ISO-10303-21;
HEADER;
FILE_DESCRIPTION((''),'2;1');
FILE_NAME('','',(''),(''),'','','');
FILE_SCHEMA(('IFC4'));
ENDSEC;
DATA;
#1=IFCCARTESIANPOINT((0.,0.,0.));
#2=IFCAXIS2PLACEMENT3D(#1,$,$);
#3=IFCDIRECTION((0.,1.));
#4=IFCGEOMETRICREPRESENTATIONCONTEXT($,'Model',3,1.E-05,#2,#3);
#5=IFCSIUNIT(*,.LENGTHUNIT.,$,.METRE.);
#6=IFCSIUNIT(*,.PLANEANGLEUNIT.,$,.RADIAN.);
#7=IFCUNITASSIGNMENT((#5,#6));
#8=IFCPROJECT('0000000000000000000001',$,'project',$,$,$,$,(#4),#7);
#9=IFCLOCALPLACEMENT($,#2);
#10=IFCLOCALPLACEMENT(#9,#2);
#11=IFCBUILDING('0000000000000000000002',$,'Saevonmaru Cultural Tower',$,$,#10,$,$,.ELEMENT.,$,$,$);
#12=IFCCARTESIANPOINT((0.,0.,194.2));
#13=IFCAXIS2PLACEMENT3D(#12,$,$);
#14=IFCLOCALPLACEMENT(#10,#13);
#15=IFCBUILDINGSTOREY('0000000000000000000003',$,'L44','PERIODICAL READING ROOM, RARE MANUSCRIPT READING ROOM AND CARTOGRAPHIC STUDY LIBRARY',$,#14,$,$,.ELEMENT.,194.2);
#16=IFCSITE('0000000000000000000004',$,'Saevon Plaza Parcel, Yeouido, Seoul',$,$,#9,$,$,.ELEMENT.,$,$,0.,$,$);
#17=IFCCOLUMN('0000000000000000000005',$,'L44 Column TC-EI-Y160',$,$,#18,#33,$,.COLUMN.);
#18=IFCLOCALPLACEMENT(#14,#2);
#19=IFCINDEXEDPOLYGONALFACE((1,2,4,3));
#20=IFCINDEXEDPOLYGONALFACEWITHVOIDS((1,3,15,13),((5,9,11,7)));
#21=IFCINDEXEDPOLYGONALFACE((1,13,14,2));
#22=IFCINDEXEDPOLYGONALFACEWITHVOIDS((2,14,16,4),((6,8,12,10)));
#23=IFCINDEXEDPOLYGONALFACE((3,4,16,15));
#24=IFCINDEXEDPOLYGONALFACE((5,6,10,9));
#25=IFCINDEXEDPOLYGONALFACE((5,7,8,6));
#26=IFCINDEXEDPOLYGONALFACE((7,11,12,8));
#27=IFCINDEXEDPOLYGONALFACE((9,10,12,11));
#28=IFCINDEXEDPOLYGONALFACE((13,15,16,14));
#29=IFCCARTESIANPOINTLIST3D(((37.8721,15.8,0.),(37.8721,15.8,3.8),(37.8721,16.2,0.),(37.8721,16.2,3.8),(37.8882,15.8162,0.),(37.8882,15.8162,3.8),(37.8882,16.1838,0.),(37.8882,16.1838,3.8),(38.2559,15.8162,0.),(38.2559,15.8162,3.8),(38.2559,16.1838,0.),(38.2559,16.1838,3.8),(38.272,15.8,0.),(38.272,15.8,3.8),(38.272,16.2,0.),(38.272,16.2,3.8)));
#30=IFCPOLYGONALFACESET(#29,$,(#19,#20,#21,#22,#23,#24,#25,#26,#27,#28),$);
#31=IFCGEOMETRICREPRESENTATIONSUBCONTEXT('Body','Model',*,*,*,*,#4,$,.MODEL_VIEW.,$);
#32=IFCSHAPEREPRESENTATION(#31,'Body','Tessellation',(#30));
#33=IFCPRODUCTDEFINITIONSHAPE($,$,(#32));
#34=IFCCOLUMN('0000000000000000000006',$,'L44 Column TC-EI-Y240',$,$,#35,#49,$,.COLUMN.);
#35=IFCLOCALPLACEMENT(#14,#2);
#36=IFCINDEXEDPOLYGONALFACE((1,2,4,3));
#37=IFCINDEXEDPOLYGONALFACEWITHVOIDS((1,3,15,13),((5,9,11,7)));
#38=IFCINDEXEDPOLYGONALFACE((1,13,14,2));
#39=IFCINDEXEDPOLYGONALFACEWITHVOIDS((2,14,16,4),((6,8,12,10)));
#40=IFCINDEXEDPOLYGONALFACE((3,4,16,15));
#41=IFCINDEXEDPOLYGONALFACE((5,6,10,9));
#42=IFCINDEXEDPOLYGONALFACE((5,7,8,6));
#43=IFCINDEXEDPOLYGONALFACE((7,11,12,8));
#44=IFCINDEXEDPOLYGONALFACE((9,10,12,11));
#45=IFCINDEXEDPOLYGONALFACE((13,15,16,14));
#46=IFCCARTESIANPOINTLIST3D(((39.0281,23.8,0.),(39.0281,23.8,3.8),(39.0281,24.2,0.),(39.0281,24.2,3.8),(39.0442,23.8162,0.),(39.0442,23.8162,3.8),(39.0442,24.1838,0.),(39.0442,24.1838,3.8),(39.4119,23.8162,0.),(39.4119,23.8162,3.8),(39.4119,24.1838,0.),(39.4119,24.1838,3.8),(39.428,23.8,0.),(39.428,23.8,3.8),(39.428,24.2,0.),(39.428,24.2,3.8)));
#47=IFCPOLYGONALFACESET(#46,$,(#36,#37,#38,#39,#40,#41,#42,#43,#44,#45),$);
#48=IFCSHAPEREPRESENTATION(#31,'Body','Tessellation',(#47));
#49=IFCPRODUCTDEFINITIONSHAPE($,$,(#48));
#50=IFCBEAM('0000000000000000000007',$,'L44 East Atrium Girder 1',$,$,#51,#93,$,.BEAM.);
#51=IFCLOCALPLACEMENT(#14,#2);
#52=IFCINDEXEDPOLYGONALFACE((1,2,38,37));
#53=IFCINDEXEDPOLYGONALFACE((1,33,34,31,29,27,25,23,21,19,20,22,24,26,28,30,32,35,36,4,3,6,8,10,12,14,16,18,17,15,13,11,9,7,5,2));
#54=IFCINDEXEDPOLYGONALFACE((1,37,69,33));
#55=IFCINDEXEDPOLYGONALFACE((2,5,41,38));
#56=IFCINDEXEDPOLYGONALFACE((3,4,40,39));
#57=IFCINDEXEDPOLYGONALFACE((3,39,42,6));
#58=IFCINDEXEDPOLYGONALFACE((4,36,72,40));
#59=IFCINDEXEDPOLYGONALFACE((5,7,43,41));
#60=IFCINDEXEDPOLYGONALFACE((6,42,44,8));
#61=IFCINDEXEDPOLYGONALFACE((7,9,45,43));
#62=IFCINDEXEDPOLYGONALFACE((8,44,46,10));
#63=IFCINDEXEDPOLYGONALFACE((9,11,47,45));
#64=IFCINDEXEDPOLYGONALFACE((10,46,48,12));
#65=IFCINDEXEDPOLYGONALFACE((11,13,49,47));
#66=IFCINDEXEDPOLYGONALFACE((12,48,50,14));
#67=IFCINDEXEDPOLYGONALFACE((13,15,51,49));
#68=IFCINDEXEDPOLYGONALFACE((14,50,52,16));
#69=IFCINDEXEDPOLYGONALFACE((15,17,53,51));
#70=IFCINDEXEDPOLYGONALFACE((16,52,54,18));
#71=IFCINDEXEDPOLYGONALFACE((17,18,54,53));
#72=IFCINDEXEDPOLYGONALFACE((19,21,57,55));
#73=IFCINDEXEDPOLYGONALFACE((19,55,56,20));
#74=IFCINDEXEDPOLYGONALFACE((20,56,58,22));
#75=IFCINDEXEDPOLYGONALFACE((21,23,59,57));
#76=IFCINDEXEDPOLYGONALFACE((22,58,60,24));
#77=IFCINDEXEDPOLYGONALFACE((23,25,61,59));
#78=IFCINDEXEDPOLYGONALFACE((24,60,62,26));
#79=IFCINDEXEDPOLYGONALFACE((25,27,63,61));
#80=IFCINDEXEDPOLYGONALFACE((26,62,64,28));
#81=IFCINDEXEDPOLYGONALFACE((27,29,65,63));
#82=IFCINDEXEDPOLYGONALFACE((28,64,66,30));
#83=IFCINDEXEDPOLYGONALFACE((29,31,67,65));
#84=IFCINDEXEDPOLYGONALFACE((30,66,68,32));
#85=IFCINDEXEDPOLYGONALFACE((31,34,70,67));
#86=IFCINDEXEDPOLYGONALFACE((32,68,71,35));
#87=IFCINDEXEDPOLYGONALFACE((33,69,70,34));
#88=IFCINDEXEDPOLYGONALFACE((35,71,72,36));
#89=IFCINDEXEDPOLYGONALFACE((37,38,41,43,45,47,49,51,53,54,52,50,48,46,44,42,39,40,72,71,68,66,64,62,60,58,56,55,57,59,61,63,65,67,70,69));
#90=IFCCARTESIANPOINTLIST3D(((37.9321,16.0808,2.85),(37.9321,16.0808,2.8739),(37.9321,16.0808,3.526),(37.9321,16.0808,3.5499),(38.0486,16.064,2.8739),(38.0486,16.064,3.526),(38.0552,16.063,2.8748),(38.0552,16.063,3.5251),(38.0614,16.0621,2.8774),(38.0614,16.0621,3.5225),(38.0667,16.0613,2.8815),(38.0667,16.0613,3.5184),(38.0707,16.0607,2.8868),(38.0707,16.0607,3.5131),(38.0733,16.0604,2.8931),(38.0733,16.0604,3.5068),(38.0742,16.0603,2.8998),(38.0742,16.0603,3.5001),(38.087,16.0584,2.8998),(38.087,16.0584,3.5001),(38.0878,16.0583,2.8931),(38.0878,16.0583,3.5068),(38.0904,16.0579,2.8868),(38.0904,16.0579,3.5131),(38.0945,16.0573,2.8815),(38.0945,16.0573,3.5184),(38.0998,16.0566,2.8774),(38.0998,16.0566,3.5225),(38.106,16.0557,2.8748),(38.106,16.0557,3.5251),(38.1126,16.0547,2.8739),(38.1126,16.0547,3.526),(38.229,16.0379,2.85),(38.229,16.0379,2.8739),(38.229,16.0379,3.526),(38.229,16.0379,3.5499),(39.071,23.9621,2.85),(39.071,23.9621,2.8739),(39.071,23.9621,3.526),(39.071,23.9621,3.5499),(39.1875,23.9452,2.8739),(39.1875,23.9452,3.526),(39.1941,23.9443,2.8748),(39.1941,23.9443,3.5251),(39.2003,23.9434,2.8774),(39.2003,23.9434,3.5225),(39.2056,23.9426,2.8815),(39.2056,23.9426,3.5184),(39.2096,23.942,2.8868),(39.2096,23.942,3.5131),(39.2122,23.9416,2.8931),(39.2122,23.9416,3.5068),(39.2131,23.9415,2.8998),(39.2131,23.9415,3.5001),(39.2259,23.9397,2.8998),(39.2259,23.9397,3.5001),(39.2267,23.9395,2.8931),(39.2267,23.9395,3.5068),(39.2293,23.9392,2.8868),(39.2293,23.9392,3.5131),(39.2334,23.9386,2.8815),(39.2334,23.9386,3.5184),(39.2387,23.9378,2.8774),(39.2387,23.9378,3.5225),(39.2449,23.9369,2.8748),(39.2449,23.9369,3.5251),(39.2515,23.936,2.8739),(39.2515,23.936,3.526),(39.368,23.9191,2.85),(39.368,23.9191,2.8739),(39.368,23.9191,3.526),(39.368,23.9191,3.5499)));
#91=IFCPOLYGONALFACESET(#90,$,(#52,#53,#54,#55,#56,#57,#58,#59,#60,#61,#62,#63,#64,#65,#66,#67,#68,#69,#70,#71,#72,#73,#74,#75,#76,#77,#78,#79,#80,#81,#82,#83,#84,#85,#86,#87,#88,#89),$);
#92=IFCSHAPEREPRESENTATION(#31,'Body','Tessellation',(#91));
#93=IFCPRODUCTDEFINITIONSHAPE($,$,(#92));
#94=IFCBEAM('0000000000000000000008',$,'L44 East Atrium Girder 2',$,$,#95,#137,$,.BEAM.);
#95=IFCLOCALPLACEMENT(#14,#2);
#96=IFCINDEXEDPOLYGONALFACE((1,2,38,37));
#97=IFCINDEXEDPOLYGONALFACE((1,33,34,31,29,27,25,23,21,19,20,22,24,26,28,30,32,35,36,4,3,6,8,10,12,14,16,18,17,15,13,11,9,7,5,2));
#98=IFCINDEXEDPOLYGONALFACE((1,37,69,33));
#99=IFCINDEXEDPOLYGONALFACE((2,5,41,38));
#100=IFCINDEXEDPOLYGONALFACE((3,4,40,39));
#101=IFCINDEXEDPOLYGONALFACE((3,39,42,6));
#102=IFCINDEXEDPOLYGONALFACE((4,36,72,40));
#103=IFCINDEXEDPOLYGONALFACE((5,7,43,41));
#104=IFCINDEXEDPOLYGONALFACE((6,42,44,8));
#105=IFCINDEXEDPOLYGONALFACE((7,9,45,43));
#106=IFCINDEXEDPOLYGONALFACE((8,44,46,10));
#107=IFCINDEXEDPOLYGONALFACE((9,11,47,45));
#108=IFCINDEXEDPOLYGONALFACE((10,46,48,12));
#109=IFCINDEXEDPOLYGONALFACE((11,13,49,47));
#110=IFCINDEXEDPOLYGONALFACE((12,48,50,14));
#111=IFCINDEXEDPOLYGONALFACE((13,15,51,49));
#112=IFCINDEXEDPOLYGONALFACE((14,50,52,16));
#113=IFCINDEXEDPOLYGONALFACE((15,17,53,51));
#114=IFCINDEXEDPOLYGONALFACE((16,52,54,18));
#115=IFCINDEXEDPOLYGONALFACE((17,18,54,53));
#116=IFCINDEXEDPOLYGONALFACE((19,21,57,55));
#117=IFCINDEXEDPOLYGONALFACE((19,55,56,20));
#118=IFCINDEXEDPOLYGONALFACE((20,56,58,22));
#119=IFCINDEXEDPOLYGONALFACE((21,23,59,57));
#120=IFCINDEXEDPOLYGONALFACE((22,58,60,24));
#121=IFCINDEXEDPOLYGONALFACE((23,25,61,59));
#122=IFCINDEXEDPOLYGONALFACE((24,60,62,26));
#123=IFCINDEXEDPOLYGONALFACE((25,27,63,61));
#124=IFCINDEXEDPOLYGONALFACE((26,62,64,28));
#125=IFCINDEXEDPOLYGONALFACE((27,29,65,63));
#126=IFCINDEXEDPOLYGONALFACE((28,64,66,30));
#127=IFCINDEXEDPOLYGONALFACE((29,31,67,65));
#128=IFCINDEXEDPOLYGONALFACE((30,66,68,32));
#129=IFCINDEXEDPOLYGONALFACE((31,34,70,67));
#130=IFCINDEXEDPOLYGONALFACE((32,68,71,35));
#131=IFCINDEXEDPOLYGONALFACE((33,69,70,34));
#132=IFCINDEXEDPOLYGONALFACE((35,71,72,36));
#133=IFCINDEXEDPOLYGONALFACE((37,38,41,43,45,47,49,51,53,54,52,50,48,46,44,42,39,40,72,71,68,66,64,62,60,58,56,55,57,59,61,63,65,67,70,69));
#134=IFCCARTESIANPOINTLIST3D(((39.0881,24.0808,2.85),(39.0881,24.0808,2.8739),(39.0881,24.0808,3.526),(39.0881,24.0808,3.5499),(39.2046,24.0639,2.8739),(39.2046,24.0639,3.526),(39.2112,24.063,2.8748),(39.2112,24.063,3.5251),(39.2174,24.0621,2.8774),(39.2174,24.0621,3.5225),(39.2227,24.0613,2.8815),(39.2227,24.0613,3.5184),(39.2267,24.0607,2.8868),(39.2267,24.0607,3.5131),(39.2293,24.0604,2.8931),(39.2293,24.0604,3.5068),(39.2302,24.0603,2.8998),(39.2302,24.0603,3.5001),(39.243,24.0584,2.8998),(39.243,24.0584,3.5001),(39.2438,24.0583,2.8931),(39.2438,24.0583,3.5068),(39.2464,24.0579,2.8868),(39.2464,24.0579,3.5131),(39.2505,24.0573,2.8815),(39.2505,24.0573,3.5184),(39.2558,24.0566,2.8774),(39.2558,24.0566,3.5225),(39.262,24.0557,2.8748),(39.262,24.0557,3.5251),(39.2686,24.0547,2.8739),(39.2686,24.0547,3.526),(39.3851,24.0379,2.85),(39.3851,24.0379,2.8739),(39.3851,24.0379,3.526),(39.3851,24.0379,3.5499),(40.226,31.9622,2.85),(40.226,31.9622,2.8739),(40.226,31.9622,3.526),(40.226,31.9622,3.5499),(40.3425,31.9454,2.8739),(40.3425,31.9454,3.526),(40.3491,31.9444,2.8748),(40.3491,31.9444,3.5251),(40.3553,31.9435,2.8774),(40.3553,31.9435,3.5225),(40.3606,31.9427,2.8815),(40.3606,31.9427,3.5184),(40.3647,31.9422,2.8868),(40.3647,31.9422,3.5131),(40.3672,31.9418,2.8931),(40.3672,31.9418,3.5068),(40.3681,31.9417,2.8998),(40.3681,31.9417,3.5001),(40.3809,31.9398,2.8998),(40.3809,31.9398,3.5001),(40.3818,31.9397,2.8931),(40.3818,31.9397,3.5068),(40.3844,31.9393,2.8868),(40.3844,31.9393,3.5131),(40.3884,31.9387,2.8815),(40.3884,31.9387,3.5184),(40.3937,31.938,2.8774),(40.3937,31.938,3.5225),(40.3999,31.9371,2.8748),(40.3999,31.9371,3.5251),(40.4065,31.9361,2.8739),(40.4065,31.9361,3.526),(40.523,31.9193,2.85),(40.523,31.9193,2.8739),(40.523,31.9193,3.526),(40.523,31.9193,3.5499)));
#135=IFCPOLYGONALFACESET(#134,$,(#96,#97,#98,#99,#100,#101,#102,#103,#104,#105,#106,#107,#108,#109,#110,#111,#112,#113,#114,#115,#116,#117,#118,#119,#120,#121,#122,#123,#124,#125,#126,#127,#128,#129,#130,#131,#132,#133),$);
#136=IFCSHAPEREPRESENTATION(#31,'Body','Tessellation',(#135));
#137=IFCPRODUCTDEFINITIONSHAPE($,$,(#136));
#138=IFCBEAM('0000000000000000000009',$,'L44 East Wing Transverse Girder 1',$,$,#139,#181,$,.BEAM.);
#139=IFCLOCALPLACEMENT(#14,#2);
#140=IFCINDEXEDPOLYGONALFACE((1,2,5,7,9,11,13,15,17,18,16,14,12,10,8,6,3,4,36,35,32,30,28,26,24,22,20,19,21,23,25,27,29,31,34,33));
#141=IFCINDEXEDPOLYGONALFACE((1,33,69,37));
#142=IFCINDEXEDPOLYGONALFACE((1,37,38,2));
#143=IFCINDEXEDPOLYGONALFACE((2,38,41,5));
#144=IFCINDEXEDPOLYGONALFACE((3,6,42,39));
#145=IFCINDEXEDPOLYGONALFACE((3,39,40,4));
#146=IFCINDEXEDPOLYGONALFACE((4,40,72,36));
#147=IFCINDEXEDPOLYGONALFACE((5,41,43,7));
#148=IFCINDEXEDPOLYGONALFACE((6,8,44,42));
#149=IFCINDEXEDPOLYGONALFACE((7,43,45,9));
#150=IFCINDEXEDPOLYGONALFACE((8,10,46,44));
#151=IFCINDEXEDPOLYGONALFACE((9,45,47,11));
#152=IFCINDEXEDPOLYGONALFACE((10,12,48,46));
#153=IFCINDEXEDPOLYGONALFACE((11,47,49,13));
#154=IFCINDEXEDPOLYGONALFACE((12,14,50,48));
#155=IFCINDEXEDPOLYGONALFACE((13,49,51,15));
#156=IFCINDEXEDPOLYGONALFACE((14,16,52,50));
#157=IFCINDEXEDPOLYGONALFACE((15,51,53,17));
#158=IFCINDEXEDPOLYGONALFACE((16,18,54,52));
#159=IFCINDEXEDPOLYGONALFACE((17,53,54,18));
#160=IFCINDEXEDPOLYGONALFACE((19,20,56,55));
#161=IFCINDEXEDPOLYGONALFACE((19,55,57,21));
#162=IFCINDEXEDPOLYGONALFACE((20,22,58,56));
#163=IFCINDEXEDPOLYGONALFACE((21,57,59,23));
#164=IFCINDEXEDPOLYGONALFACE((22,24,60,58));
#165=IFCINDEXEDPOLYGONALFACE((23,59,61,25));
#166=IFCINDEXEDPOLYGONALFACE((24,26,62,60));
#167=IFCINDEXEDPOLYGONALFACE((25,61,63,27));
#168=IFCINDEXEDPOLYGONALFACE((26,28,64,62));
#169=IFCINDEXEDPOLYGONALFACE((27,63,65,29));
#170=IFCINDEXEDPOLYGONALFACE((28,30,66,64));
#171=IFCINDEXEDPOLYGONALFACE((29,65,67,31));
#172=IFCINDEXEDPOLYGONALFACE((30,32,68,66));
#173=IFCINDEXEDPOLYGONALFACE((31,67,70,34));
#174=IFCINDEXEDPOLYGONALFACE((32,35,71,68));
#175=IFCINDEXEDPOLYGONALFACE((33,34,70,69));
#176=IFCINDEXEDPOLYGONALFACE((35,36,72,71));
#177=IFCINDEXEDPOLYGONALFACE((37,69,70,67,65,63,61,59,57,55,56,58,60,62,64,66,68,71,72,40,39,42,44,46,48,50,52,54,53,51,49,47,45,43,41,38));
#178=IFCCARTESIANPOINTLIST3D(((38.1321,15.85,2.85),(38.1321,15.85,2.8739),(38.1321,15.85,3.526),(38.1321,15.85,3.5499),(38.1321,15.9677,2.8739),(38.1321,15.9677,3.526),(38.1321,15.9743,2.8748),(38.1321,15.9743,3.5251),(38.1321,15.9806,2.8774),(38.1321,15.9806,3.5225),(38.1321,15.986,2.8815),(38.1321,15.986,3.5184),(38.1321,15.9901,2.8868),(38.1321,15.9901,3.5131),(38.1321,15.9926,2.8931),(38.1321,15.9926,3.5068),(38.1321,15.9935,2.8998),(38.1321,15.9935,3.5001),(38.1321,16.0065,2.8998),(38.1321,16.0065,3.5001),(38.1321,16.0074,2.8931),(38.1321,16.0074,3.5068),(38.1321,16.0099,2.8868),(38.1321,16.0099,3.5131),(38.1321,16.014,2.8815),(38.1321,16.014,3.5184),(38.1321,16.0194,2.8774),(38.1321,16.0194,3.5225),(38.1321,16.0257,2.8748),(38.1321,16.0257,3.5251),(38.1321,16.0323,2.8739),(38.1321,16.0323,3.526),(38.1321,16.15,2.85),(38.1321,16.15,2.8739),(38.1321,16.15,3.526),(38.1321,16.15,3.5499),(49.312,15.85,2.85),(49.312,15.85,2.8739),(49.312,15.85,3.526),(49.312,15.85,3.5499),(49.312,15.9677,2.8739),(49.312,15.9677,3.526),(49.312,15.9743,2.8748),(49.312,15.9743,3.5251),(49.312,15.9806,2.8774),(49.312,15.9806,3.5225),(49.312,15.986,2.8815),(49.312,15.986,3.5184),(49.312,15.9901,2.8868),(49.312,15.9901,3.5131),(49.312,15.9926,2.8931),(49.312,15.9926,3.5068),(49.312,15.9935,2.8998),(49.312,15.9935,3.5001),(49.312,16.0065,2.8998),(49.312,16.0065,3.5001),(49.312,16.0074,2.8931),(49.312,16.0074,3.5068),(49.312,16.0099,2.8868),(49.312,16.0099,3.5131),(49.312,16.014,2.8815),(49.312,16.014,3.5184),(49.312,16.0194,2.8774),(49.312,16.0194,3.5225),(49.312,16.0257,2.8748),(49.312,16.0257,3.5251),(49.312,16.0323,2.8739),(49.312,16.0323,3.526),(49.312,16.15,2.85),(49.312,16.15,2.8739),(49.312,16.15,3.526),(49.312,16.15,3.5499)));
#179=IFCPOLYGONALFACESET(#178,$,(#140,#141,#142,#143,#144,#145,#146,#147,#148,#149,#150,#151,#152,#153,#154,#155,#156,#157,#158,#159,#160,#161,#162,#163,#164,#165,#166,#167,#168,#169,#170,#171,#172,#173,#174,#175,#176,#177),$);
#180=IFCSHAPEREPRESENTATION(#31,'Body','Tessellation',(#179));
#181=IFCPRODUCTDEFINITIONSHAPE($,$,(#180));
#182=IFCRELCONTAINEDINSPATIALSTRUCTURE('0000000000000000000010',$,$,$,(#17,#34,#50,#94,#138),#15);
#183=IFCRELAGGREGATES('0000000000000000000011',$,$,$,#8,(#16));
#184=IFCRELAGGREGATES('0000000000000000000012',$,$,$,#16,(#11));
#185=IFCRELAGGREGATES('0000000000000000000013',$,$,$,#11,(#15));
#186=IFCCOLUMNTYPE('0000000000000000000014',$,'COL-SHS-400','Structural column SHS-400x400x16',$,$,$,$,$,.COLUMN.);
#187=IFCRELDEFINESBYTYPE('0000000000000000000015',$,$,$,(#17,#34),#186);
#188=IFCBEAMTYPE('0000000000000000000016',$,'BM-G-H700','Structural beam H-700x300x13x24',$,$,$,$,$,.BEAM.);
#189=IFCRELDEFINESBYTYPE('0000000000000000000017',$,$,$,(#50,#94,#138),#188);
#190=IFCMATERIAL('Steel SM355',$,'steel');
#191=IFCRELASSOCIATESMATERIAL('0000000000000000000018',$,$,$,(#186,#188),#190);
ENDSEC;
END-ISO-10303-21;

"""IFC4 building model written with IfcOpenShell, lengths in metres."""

from ifc_helpers import new_model, si_unit, direction, frame, origin, origin_2d, place, context, subcontext, project, spatial, hollow_rectangle, i_section, extrude, material, material_profile, profile_set, type_object, element, save


model = new_model("IFC4")

# Units and contexts
model_context = context("Model", 3, precision=1e-05, world=origin(), true_north=direction((0.0, 1.0)))
body_context = subcontext(model_context, "Body", "Model", "MODEL_VIEW")
ifc_project = project(units=[si_unit("LENGTHUNIT", "METRE"), si_unit("PLANEANGLEUNIT", "RADIAN")], contexts=[model_context])

# Site, building, storey
site_placement = place(None, origin())
site = spatial("IfcSite", under=ifc_project, at=site_placement, Name="Saevon Plaza Parcel, Yeouido, Seoul", CompositionType="ELEMENT", RefElevation=0.0)
building_placement = place(site_placement, origin())
building = spatial("IfcBuilding", under=site, at=building_placement, Name="Saevonmaru Cultural Tower", CompositionType="ELEMENT")
storey_placement = place(building_placement, frame((0.0, 0.0, 194.2)))
storey = spatial("IfcBuildingStorey", under=building, at=storey_placement, Name="L44", Description="PERIODICAL READING ROOM, RARE MANUSCRIPT READING ROOM AND CARTOGRAPHIC STUDY LIBRARY", CompositionType="ELEMENT", Elevation=194.2)

# Columns
ifc_material_1 = material(Name="Steel SM355", Category="steel")
ifc_material_profile_1 = material_profile(ifc_material_1, hollow_rectangle(XDim=0.3999, YDim=0.3999, WallThickness=0.0161, at=origin_2d()), Name="SHS-400x400x16")
ifc_profile_set_1 = profile_set([ifc_material_profile_1], Name="Steel SM355")
column_type = type_object("IfcColumnType", Name="COL-SHS-400", Description="Structural column SHS-400x400x16", PredefinedType="COLUMN", material=ifc_profile_set_1)
for number, where, z_axis, x_axis, name in (
    (1, (38.072, 16.0, 0.0), (0.0, 0.0, 1.0), (1.0, 0.0, 0.0), "L44 Column TC-EI-Y160"),
    (2, (39.228, 24.0, 0.0), (0.0, 0.0, 1.0), (1.0, 0.0, 0.0), "L44 Column TC-EI-Y240"),
):
    element("IfcColumn", number, at=place(storey_placement, frame(where, z_axis=z_axis, x_axis=x_axis)), inside=storey, type_object=column_type, Name=name, PredefinedType="COLUMN", context=body_context, shape_type="SweptSolid", body=[
        extrude(hollow_rectangle(XDim=0.3999, YDim=0.3999, WallThickness=0.0161, at=origin_2d()), origin(), (0.0, 0.0, 1.0), 3.8),
    ])

# Beams
ifc_material_profile_2 = material_profile(ifc_material_1, i_section(OverallWidth=0.3, OverallDepth=0.7, WebThickness=0.0129, FlangeThickness=0.0239, FilletRadius=0.0259, at=origin_2d()), Name="H-700x300x13x24")
ifc_profile_set_2 = profile_set([ifc_material_profile_2], Name="Steel SM355")
beam_type_1 = type_object("IfcBeamType", Name="BM-G-H700", Description="Structural beam H-700x300x13x24", PredefinedType="BEAM", material=ifc_profile_set_2)
for number, where, z_axis, x_axis, name in (
    (3, (38.0806, 16.0593, 3.2), (0.143022, 0.989719, 0.0), (-0.989719, 0.143022, 0.0), "L44 East Atrium Girder 1"),
    (4, (39.2366, 24.0593, 3.2), (0.142902, 0.989737, 0.0), (-0.989737, 0.142902, 0.0), "L44 East Atrium Girder 2"),
):
    element("IfcBeam", number, at=place(storey_placement, frame(where, z_axis=z_axis, x_axis=x_axis)), inside=storey, type_object=beam_type_1, Name=name, PredefinedType="BEAM", context=body_context, shape_type="SweptSolid", body=[
        extrude(i_section(OverallWidth=0.3, OverallDepth=0.7, WebThickness=0.0129, FlangeThickness=0.0239, FilletRadius=0.0259, at=origin_2d()), origin(), (0.0, 0.0, 1.0), 7.9631),
    ])
beam_1_placement = place(storey_placement, frame((38.1321, 16.0, 3.2), z_axis=(1.0, 0.0, 0.0), x_axis=(0.0, 1.0, 0.0)))
element("IfcBeam", 5, at=beam_1_placement, inside=storey, type_object=beam_type_1, Name="L44 East Wing Transverse Girder 1", PredefinedType="BEAM", context=body_context, shape_type="SweptSolid", body=[
    extrude(i_section(OverallWidth=0.3, OverallDepth=0.7, WebThickness=0.0129, FlangeThickness=0.0239, FilletRadius=0.0259, at=origin_2d()), origin(), (0.0, 0.0, 1.0), 11.1799),
])

save(model, "model.ifc")
